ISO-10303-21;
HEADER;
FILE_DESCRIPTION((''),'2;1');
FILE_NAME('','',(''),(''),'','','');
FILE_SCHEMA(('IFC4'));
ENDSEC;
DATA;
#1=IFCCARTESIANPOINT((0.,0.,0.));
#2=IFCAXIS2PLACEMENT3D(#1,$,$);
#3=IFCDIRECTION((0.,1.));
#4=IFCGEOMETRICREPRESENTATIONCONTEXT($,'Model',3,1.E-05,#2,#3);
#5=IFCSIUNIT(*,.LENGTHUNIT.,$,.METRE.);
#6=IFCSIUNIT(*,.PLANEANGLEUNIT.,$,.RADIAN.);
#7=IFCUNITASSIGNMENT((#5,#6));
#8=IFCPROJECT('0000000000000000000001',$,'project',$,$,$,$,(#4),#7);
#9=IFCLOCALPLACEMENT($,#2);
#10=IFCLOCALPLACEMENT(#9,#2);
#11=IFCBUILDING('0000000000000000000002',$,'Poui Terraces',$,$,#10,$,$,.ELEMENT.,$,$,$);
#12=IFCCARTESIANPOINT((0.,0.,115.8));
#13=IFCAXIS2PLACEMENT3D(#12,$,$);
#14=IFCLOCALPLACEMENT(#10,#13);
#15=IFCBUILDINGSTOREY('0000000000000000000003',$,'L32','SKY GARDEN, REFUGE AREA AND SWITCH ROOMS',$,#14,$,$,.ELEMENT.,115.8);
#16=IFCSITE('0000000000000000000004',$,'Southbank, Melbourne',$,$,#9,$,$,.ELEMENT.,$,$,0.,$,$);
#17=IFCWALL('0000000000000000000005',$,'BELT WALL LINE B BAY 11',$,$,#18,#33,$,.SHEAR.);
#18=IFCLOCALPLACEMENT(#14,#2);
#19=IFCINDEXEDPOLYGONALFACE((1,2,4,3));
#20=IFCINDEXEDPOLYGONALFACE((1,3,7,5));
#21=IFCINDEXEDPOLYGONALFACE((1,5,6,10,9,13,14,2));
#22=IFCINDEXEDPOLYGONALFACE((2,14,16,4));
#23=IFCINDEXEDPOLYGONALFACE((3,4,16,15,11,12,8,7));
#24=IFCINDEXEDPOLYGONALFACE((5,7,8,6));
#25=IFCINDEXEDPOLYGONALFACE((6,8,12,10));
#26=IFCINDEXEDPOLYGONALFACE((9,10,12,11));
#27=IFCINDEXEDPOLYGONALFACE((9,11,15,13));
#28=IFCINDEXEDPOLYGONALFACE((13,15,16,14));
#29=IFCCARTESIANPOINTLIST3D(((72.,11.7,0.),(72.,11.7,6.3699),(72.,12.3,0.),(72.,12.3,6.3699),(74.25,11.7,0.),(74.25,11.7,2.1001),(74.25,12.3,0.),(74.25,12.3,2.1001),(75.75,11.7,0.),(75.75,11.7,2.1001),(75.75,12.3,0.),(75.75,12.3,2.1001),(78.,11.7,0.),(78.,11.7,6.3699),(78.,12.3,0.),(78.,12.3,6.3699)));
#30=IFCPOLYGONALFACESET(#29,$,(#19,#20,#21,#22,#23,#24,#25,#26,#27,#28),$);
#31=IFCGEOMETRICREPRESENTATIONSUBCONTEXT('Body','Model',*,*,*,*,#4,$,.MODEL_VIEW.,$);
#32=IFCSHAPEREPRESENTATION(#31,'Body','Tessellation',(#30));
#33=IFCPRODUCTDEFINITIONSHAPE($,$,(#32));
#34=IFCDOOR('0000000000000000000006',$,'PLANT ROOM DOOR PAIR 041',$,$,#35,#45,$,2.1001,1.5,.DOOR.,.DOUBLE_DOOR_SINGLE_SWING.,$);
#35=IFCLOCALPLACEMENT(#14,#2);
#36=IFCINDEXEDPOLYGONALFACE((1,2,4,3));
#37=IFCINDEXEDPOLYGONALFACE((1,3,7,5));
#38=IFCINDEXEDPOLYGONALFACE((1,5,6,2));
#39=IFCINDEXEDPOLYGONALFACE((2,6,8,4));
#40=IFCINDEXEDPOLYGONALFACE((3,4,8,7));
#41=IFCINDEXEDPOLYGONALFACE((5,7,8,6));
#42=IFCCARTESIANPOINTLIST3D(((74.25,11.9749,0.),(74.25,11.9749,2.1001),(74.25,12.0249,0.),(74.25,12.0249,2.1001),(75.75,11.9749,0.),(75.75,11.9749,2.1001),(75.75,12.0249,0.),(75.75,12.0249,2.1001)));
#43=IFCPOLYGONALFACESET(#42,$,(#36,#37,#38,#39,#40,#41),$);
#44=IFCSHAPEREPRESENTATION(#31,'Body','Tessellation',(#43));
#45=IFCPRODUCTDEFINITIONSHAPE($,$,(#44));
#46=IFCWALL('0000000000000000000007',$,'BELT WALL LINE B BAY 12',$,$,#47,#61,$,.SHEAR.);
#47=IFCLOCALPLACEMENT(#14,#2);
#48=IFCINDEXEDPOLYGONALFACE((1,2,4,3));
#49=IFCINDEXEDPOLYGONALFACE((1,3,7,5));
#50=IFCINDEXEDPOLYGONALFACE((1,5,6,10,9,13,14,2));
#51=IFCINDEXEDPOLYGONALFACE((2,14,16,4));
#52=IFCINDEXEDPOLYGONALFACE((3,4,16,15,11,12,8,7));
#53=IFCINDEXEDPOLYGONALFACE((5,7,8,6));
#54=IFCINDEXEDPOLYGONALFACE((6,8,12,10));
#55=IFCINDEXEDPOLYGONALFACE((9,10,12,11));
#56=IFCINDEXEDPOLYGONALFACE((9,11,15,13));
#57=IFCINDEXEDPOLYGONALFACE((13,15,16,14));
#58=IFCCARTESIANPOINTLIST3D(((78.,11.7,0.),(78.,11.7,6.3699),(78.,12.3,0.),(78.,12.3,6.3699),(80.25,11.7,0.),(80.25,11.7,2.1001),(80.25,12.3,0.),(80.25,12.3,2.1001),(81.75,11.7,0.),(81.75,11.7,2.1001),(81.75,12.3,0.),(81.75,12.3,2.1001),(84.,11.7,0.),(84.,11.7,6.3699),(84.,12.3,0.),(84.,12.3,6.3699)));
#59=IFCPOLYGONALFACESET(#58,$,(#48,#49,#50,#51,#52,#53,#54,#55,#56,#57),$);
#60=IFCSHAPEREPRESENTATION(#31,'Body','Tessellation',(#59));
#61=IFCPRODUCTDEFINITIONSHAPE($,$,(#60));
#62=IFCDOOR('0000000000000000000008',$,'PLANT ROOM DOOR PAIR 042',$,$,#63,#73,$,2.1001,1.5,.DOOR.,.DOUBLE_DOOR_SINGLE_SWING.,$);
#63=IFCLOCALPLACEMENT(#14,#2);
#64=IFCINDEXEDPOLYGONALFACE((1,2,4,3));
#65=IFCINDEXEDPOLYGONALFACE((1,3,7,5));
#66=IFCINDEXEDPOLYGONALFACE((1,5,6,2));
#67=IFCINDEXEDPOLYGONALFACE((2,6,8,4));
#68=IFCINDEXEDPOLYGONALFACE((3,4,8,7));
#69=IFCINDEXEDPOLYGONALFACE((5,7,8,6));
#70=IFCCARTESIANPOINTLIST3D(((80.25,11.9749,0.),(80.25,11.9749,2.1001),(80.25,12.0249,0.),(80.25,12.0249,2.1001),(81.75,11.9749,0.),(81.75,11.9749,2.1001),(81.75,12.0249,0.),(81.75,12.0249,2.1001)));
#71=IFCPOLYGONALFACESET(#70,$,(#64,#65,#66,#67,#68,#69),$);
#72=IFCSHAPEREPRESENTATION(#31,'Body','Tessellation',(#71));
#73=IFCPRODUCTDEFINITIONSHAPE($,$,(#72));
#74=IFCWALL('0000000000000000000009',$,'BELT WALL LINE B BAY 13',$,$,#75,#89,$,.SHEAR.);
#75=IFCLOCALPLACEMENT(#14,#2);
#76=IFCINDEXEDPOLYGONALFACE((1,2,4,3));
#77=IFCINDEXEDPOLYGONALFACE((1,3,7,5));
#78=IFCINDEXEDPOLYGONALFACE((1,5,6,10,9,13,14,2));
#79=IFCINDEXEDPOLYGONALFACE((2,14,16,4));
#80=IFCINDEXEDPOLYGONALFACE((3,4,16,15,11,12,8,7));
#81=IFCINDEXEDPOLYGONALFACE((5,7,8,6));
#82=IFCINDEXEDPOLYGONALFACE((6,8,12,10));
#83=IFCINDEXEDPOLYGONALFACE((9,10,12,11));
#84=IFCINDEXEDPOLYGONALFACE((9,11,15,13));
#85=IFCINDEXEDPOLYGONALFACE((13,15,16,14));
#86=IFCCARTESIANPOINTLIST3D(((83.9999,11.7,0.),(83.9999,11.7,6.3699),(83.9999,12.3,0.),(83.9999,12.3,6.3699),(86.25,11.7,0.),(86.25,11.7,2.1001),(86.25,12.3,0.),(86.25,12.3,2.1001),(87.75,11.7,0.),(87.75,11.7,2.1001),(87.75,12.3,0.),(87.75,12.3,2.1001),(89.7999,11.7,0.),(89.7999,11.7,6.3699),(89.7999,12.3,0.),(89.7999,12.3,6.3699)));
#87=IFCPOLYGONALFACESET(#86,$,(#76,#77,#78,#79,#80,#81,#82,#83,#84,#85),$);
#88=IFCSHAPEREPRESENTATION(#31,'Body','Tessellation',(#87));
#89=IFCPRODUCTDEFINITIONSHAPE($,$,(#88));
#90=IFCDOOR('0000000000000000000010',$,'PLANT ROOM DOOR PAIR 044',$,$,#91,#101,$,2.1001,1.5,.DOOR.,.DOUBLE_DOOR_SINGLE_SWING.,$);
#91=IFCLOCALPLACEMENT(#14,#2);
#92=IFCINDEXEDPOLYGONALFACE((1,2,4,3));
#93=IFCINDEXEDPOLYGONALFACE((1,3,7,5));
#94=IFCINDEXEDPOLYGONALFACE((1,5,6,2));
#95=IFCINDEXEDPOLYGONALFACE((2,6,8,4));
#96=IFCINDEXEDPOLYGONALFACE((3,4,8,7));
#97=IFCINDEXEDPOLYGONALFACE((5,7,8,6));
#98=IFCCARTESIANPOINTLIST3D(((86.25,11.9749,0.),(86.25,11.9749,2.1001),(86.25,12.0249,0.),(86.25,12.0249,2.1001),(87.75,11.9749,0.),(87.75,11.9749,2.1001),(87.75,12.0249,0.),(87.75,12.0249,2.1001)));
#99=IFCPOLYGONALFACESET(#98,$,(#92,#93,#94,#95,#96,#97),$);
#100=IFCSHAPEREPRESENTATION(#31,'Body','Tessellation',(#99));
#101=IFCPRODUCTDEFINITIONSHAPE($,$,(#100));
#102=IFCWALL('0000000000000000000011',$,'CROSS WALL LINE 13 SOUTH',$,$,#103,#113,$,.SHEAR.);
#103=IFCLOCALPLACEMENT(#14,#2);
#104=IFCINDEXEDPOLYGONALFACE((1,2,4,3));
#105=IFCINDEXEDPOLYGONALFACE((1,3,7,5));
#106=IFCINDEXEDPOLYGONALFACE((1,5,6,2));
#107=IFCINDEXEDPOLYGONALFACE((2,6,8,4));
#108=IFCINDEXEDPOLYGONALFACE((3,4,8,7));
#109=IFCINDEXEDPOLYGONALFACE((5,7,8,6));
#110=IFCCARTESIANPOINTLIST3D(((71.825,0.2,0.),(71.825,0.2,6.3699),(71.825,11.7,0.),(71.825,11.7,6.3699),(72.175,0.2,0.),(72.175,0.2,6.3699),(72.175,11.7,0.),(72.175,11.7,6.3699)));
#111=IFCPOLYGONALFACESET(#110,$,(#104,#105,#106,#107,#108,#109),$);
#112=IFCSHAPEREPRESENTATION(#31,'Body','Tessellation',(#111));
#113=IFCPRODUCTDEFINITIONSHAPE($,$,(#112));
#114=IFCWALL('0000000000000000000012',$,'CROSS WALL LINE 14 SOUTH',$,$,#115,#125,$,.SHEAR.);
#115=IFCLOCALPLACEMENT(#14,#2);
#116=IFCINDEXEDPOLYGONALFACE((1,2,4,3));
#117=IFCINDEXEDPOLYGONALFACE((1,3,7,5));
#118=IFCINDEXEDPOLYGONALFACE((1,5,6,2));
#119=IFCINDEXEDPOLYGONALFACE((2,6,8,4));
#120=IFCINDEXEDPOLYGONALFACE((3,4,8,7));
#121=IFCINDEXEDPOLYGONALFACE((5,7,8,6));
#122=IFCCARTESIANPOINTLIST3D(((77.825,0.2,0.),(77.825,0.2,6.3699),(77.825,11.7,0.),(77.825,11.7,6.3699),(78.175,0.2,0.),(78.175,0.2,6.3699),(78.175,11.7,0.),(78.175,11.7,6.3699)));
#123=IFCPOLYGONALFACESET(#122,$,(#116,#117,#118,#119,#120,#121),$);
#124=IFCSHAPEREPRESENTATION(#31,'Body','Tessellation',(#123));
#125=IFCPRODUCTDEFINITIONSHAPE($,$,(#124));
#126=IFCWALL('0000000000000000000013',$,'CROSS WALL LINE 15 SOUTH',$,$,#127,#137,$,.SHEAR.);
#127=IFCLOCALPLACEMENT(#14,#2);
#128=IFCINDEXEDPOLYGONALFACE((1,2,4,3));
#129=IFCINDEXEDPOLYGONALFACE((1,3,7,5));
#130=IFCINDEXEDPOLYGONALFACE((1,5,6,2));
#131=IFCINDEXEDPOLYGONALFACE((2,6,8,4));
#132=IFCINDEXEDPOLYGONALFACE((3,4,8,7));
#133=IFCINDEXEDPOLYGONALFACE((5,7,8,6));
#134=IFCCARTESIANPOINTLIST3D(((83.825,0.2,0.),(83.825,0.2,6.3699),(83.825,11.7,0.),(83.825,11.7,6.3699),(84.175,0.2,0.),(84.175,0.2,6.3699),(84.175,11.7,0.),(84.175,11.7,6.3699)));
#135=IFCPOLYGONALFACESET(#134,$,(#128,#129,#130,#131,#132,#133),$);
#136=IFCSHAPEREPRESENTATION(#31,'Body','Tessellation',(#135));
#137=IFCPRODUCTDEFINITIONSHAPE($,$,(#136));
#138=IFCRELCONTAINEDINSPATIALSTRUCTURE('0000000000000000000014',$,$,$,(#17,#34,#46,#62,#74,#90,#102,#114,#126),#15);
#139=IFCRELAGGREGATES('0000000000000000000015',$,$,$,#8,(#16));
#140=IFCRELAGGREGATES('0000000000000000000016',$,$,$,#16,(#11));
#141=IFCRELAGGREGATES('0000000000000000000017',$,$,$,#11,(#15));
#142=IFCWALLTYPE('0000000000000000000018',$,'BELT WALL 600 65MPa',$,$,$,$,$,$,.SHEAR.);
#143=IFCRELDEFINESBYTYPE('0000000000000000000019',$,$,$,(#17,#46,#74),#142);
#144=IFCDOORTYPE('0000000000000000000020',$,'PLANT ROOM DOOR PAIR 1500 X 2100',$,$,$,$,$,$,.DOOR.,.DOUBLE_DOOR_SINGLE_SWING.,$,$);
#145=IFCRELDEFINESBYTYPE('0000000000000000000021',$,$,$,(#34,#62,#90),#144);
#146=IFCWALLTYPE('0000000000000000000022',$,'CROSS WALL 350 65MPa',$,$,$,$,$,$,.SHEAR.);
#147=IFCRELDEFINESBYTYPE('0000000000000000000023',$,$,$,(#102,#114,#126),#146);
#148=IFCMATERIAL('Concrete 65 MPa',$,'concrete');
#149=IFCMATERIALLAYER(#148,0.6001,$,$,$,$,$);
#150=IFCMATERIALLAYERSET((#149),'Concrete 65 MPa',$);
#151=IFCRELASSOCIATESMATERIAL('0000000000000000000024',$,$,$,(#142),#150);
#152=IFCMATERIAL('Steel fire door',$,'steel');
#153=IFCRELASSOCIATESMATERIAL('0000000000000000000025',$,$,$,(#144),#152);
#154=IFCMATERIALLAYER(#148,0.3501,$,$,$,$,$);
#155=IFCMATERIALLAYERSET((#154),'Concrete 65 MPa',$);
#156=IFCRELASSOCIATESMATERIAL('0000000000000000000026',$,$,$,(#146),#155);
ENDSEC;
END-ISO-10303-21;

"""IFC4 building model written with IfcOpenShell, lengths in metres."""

from ifc_helpers import new_model, si_unit, direction, frame, frame_2d, origin, place, context, subcontext, project, spatial, rectangle, extrude, material, layer, layer_set, type_object, element, fill, save


model = new_model("IFC4")

# Units and contexts
model_context = context("Model", 3, precision=1e-05, world=origin(), true_north=direction((0.0, 1.0)))
body_context = subcontext(model_context, "Body", "Model", "MODEL_VIEW")
ifc_project = project(units=[si_unit("LENGTHUNIT", "METRE"), si_unit("PLANEANGLEUNIT", "RADIAN")], contexts=[model_context])

# Site, building, storey
site_placement = place(None, origin())
site = spatial("IfcSite", under=ifc_project, at=site_placement, Name="Southbank, Melbourne", CompositionType="ELEMENT", RefElevation=0.0)
building_placement = place(site_placement, origin())
building = spatial("IfcBuilding", under=site, at=building_placement, Name="Poui Terraces", CompositionType="ELEMENT")
storey_placement = place(building_placement, frame((0.0, 0.0, 115.8)))
storey = spatial("IfcBuildingStorey", under=building, at=storey_placement, Name="L32", Description="SKY GARDEN, REFUGE AREA AND SWITCH ROOMS", CompositionType="ELEMENT", Elevation=115.8)

# Walls, openings, doors
ifc_material_1 = material(Name="Concrete 65 MPa", Category="concrete")
ifc_layer_1 = layer(ifc_material_1, 0.6001)
ifc_layer_set_1 = layer_set([ifc_layer_1], Name="Concrete 65 MPa")
wall_type_1 = type_object("IfcWallType", Name="BELT WALL 600 65MPa", PredefinedType="SHEAR", material=ifc_layer_set_1)
wall_1_placement = place(storey_placement, frame((72.0, 12.0, 0.0), z_axis=(0.0, 0.0, 1.0), x_axis=(1.0, 0.0, 0.0)))
wall_1 = element("IfcWall", 1, at=wall_1_placement, inside=storey, type_object=wall_type_1, Name="BELT WALL LINE B BAY 11", PredefinedType="SHEAR", context=body_context, shape_type="SweptSolid", body=[
    extrude(rectangle(XDim=6.0, YDim=0.6001, at=frame_2d((3.0, 0.0))), origin(), (0.0, 0.0, 1.0), 6.3699),
])
opening_1_placement = place(wall_1_placement, frame((2.25, 0.0, 0.0)))
opening_1 = element("IfcOpeningElement", 2, at=opening_1_placement, cuts=wall_1, PredefinedType="OPENING", context=body_context, shape_type="SweptSolid", body=[
    extrude(rectangle(XDim=1.5, YDim=2.1001, at=frame_2d((0.75, 1.05))), frame((0.0, 0.3101, 0.0), z_axis=(0.0, -1.0, 0.0), x_axis=(1.0, 0.0, 0.0)), (0.0, 0.0, 1.0), 0.6201),
])
ifc_material_2 = material(Name="Steel fire door", Category="steel")
door_type_1 = type_object("IfcDoorType", Name="PLANT ROOM DOOR PAIR 1500 X 2100", OperationType="DOUBLE_DOOR_SINGLE_SWING", PredefinedType="DOOR", material=ifc_material_2)
door_1_placement = place(opening_1_placement, origin())
door_1 = element("IfcDoor", 3, at=door_1_placement, inside=storey, type_object=door_type_1, Name="PLANT ROOM DOOR PAIR 041", OperationType="DOUBLE_DOOR_SINGLE_SWING", OverallHeight=2.1001, OverallWidth=1.5, PredefinedType="DOOR", context=body_context, shape_type="SweptSolid", body=[
    extrude(rectangle(XDim=1.5, YDim=2.1001, at=frame_2d((0.75, 1.05))), frame((0.0, 0.0249, 0.0), z_axis=(0.0, -1.0, 0.0), x_axis=(1.0, 0.0, 0.0)), (0.0, 0.0, 1.0), 0.05),
])
fill(opening_1, door_1)
wall_2_placement = place(storey_placement, frame((78.0, 12.0, 0.0), z_axis=(0.0, 0.0, 1.0), x_axis=(1.0, 0.0, 0.0)))
wall_2 = element("IfcWall", 4, at=wall_2_placement, inside=storey, type_object=wall_type_1, Name="BELT WALL LINE B BAY 12", PredefinedType="SHEAR", context=body_context, shape_type="SweptSolid", body=[
    extrude(rectangle(XDim=6.0, YDim=0.6001, at=frame_2d((3.0, 0.0))), origin(), (0.0, 0.0, 1.0), 6.3699),
])
opening_2_placement = place(wall_2_placement, frame((2.25, 0.0, 0.0)))
opening_2 = element("IfcOpeningElement", 5, at=opening_2_placement, cuts=wall_2, PredefinedType="OPENING", context=body_context, shape_type="SweptSolid", body=[
    extrude(rectangle(XDim=1.5, YDim=2.1001, at=frame_2d((0.75, 1.05))), frame((0.0, 0.3101, 0.0), z_axis=(0.0, -1.0, 0.0), x_axis=(1.0, 0.0, 0.0)), (0.0, 0.0, 1.0), 0.6201),
])
door_2_placement = place(opening_2_placement, origin())
door_2 = element("IfcDoor", 6, at=door_2_placement, inside=storey, type_object=door_type_1, Name="PLANT ROOM DOOR PAIR 042", OperationType="DOUBLE_DOOR_SINGLE_SWING", OverallHeight=2.1001, OverallWidth=1.5, PredefinedType="DOOR", context=body_context, shape_type="SweptSolid", body=[
    extrude(rectangle(XDim=1.5, YDim=2.1001, at=frame_2d((0.75, 1.05))), frame((0.0, 0.0249, 0.0), z_axis=(0.0, -1.0, 0.0), x_axis=(1.0, 0.0, 0.0)), (0.0, 0.0, 1.0), 0.05),
])
fill(opening_2, door_2)
wall_3_placement = place(storey_placement, frame((84.0, 12.0, 0.0), z_axis=(0.0, 0.0, 1.0), x_axis=(1.0, 0.0, 0.0)))
wall_3 = element("IfcWall", 7, at=wall_3_placement, inside=storey, type_object=wall_type_1, Name="BELT WALL LINE B BAY 13", PredefinedType="SHEAR", context=body_context, shape_type="SweptSolid", body=[
    extrude(rectangle(XDim=5.8, YDim=0.6001, at=frame_2d((2.8999, 0.0))), origin(), (0.0, 0.0, 1.0), 6.3699),
])
opening_3_placement = place(wall_3_placement, frame((2.25, 0.0, 0.0)))
opening_3 = element("IfcOpeningElement", 8, at=opening_3_placement, cuts=wall_3, PredefinedType="OPENING", context=body_context, shape_type="SweptSolid", body=[
    extrude(rectangle(XDim=1.5, YDim=2.1001, at=frame_2d((0.75, 1.05))), frame((0.0, 0.3101, 0.0), z_axis=(0.0, -1.0, 0.0), x_axis=(1.0, 0.0, 0.0)), (0.0, 0.0, 1.0), 0.6201),
])
door_3_placement = place(opening_3_placement, origin())
door_3 = element("IfcDoor", 9, at=door_3_placement, inside=storey, type_object=door_type_1, Name="PLANT ROOM DOOR PAIR 044", OperationType="DOUBLE_DOOR_SINGLE_SWING", OverallHeight=2.1001, OverallWidth=1.5, PredefinedType="DOOR", context=body_context, shape_type="SweptSolid", body=[
    extrude(rectangle(XDim=1.5, YDim=2.1001, at=frame_2d((0.75, 1.05))), frame((0.0, 0.0249, 0.0), z_axis=(0.0, -1.0, 0.0), x_axis=(1.0, 0.0, 0.0)), (0.0, 0.0, 1.0), 0.05),
])
fill(opening_3, door_3)

# Walls
ifc_layer_2 = layer(ifc_material_1, 0.3501)
ifc_layer_set_2 = layer_set([ifc_layer_2], Name="Concrete 65 MPa")
wall_type_2 = type_object("IfcWallType", Name="CROSS WALL 350 65MPa", PredefinedType="SHEAR", material=ifc_layer_set_2)
for number, where, z_axis, x_axis, name in (
    (10, (72.0, 0.2, 0.0), (0.0, 0.0, 1.0), (0.0, 1.0, 0.0), "CROSS WALL LINE 13 SOUTH"),
    (11, (78.0, 0.2, 0.0), (0.0, 0.0, 1.0), (0.0, 1.0, 0.0), "CROSS WALL LINE 14 SOUTH"),
    (12, (84.0, 0.2, 0.0), (0.0, 0.0, 1.0), (0.0, 1.0, 0.0), "CROSS WALL LINE 15 SOUTH"),
):
    element("IfcWall", number, at=place(storey_placement, frame(where, z_axis=z_axis, x_axis=x_axis)), inside=storey, type_object=wall_type_2, Name=name, PredefinedType="SHEAR", context=body_context, shape_type="SweptSolid", body=[
        extrude(rectangle(XDim=11.5, YDim=0.3501, at=frame_2d((5.75, 0.0))), origin(), (0.0, 0.0, 1.0), 6.3699),
    ])

save(model, "model.ifc")
